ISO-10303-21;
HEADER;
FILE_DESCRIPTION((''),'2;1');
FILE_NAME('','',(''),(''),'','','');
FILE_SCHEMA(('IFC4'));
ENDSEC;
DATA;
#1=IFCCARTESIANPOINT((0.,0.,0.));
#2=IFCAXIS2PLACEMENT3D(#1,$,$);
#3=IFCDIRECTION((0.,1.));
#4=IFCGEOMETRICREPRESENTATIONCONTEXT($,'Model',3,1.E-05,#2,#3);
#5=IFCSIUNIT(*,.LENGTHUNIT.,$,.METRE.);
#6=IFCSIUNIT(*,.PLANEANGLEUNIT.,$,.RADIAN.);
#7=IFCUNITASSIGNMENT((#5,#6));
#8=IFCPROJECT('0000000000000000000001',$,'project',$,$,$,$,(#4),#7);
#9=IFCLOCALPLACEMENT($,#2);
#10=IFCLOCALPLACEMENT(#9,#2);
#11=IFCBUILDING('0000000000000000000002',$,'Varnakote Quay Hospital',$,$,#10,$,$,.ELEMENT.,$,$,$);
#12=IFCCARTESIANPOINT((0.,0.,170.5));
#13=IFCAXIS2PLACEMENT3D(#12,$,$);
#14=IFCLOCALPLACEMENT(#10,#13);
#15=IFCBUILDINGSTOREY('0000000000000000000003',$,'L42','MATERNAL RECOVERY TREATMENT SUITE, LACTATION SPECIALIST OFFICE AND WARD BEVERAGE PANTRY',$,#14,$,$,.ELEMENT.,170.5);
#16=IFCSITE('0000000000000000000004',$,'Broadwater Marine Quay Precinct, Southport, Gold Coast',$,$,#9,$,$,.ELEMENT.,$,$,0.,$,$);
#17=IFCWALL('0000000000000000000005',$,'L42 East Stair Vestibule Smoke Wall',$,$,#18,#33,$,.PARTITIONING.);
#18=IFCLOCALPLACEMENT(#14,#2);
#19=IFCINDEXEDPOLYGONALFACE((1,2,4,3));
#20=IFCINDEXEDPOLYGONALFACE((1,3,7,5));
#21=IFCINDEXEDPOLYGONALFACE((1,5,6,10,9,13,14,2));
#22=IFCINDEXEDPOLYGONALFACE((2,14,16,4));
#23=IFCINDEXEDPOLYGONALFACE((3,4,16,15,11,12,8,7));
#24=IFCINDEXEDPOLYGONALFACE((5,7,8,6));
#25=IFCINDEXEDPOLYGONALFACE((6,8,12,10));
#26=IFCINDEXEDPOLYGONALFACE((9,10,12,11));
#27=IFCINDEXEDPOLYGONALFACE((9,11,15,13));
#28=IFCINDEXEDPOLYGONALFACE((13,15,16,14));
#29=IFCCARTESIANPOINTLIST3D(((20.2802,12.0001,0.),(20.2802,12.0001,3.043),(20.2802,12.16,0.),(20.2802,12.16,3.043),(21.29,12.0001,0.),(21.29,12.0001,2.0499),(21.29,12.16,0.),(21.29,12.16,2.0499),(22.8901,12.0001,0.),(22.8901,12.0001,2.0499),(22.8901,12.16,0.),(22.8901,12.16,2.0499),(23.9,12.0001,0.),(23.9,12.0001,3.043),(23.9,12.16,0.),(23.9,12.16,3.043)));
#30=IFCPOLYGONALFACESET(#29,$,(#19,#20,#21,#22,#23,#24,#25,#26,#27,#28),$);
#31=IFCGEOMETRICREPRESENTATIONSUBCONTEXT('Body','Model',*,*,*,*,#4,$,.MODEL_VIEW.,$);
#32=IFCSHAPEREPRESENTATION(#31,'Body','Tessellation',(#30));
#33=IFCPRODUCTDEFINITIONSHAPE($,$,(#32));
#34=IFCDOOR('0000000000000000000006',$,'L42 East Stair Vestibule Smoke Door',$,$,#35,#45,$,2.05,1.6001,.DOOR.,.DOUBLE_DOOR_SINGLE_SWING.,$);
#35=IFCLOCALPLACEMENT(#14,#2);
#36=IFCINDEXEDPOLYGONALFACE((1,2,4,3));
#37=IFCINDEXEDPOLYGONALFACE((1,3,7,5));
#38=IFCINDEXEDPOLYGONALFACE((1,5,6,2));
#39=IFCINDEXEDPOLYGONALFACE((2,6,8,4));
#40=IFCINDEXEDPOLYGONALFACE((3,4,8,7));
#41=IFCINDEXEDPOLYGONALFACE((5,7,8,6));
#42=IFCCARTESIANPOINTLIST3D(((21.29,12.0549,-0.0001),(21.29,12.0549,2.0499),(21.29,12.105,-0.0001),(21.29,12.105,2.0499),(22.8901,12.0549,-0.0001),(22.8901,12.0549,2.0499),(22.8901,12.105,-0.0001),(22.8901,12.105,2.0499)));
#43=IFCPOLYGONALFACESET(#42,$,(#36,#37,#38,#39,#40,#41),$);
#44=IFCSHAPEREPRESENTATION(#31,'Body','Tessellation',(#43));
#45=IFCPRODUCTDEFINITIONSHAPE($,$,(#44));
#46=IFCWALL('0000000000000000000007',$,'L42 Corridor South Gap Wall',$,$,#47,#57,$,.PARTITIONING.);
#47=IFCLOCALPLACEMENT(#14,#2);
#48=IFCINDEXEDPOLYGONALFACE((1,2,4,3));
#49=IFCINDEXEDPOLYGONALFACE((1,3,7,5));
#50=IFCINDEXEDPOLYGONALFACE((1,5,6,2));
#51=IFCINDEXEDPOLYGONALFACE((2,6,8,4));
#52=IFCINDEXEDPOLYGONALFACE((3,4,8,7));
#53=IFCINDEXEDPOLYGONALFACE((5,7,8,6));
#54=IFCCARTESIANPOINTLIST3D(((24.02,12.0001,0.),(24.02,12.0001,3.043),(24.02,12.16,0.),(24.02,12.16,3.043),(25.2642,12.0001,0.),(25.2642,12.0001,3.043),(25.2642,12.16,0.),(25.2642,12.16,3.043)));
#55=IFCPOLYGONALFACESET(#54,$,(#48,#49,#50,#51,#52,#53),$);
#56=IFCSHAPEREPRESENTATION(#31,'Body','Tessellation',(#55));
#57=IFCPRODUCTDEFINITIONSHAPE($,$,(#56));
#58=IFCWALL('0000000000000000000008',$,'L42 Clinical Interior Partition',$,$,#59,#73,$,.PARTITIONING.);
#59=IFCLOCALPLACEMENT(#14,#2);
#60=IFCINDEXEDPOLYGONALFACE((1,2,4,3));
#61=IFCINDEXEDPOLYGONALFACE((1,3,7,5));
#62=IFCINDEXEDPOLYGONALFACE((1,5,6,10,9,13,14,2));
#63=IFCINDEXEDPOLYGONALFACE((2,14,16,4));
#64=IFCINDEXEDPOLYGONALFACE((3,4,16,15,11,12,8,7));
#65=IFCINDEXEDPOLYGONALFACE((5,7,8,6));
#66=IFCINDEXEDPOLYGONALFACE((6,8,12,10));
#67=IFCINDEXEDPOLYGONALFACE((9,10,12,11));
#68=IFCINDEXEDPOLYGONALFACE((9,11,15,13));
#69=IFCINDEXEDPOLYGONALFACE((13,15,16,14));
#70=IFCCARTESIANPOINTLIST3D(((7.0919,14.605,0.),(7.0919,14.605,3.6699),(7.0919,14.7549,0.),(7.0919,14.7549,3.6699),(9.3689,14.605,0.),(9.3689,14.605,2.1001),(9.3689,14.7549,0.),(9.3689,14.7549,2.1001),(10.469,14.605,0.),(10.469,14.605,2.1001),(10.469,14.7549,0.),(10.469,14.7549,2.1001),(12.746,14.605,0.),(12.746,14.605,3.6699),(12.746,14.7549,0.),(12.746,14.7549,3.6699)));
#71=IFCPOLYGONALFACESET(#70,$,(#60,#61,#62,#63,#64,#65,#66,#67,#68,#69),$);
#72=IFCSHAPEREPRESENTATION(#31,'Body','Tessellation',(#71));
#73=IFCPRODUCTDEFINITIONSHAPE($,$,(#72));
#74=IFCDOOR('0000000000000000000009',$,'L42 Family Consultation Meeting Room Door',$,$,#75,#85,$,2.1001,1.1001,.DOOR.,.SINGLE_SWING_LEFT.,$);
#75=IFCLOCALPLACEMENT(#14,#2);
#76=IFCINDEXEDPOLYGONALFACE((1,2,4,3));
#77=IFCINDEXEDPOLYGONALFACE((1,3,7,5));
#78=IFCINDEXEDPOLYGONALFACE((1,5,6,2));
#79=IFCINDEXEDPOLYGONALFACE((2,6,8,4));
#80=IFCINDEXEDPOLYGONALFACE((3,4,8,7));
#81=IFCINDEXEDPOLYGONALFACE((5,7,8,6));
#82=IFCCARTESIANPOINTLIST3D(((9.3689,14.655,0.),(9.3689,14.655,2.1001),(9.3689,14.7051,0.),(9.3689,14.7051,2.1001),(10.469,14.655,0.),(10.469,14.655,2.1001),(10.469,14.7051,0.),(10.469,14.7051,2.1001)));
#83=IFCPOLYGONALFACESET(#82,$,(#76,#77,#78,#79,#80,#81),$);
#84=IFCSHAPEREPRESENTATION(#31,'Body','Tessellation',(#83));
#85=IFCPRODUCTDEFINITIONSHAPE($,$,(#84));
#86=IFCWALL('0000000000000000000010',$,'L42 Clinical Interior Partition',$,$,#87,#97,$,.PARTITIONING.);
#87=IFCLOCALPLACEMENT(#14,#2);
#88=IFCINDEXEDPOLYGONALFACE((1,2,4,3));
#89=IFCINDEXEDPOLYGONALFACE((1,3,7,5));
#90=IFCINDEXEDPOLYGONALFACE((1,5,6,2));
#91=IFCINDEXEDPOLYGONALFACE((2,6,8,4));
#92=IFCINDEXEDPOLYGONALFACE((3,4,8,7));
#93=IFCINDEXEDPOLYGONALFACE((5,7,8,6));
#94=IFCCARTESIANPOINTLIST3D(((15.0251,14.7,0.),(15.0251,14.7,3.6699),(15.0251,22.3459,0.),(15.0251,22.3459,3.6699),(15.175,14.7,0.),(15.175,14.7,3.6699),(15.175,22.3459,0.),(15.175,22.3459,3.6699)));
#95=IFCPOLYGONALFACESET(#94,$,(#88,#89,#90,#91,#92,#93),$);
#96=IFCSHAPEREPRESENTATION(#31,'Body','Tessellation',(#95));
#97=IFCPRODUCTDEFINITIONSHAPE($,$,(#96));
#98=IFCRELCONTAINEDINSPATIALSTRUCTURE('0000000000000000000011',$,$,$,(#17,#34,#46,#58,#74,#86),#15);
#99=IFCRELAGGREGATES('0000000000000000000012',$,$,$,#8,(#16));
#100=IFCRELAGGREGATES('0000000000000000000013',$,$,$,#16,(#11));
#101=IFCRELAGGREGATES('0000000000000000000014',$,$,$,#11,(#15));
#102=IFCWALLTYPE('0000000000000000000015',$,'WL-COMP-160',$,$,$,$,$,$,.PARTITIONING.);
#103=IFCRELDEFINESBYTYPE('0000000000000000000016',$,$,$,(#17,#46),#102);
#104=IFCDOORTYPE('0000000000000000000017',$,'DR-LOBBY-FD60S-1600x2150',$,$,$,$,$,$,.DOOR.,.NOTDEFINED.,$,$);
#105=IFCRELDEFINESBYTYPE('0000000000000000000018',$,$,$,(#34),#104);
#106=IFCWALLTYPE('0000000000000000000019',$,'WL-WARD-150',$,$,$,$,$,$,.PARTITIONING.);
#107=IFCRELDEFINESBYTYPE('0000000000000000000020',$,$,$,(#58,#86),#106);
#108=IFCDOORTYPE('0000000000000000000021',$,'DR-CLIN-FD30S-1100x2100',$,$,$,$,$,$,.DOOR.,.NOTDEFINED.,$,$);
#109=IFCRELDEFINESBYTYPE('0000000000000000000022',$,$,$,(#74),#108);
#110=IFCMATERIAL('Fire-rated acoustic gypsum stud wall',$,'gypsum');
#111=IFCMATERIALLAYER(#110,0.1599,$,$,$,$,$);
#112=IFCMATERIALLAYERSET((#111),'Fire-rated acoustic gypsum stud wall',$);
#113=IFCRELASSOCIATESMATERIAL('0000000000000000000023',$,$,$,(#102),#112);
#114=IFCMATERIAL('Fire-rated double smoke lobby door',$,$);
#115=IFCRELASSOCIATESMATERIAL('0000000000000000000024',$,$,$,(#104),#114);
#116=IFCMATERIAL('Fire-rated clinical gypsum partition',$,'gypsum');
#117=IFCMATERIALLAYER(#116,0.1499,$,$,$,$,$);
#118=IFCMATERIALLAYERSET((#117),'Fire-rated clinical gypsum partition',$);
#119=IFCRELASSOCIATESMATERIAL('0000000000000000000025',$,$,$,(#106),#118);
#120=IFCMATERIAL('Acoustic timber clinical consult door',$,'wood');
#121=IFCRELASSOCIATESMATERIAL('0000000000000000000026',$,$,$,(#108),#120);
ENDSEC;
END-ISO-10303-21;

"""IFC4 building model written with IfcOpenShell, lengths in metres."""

from ifc_helpers import new_model, si_unit, direction, frame, frame_2d, origin, place, context, subcontext, project, spatial, rectangle, extrude, material, layer, layer_set, type_object, element, fill, save


model = new_model("IFC4")

# Units and contexts
model_context = context("Model", 3, precision=1e-05, world=origin(), true_north=direction((0.0, 1.0)))
body_context = subcontext(model_context, "Body", "Model", "MODEL_VIEW")
ifc_project = project(units=[si_unit("LENGTHUNIT", "METRE"), si_unit("PLANEANGLEUNIT", "RADIAN")], contexts=[model_context])

# Site, building, storey
site_placement = place(None, origin())
site = spatial("IfcSite", under=ifc_project, at=site_placement, Name="Broadwater Marine Quay Precinct, Southport, Gold Coast", CompositionType="ELEMENT", RefElevation=0.0)
building_placement = place(site_placement, origin())
building = spatial("IfcBuilding", under=site, at=building_placement, Name="Varnakote Quay Hospital", CompositionType="ELEMENT")
storey_placement = place(building_placement, frame((0.0, 0.0, 170.5)))
storey = spatial("IfcBuildingStorey", under=building, at=storey_placement, Name="L42", Description="MATERNAL RECOVERY TREATMENT SUITE, LACTATION SPECIALIST OFFICE AND WARD BEVERAGE PANTRY", CompositionType="ELEMENT", Elevation=170.5)

# Wall, opening, door
ifc_material_1 = material(Name="Fire-rated acoustic gypsum stud wall", Category="gypsum")
ifc_layer_1 = layer(ifc_material_1, 0.1599)
ifc_layer_set_1 = layer_set([ifc_layer_1], Name="Fire-rated acoustic gypsum stud wall")
wall_type_1 = type_object("IfcWallType", Name="WL-COMP-160", PredefinedType="PARTITIONING", material=ifc_layer_set_1)
ifc_material_2 = material(Name="Fire-rated double smoke lobby door")
door_type_1 = type_object("IfcDoorType", Name="DR-LOBBY-FD60S-1600x2150", OperationType="NOTDEFINED", PredefinedType="DOOR", material=ifc_material_2)
wall_1_placement = place(storey_placement, frame((20.28, 12.0801, 0.0), z_axis=(0.0, 0.0, 1.0), x_axis=(1.0, 0.0, 0.0)))
wall_1 = element("IfcWall", 1, at=wall_1_placement, inside=storey, type_object=wall_type_1, Name="L42 East Stair Vestibule Smoke Wall", PredefinedType="PARTITIONING", context=body_context, shape_type="SweptSolid", body=[
    extrude(rectangle(XDim=3.6199, YDim=0.1599, at=frame_2d((1.8101, 0.0))), origin(), (0.0, 0.0, 1.0), 3.043),
])
opening_1_placement = place(wall_1_placement, frame((1.01, 0.0, 0.0)))
opening_1 = element("IfcOpeningElement", 2, at=opening_1_placement, cuts=wall_1, PredefinedType="OPENING", context=body_context, shape_type="SweptSolid", body=[
    extrude(rectangle(XDim=1.6001, YDim=2.05, at=frame_2d((0.8, 1.0249))), frame((0.0, 0.0898, 0.0), z_axis=(0.0, -1.0, 0.0), x_axis=(1.0, 0.0, 0.0)), (0.0, 0.0, 1.0), 0.1799),
])
door_1_placement = place(opening_1_placement, origin())
door_1 = element("IfcDoor", 3, at=door_1_placement, inside=storey, type_object=door_type_1, Name="L42 East Stair Vestibule Smoke Door", OperationType="DOUBLE_DOOR_SINGLE_SWING", OverallHeight=2.05, OverallWidth=1.6001, PredefinedType="DOOR", context=body_context, shape_type="SweptSolid", body=[
    extrude(rectangle(XDim=1.6001, YDim=2.05, at=frame_2d((0.8, 1.0249))), frame((0.0, 0.0249, 0.0), z_axis=(0.0, -1.0, 0.0), x_axis=(1.0, 0.0, 0.0)), (0.0, 0.0, 1.0), 0.05),
])
fill(opening_1, door_1)

# Wall
wall_2_placement = place(storey_placement, frame((24.02, 12.0801, 0.0), z_axis=(0.0, 0.0, 1.0), x_axis=(1.0, 0.0, 0.0)))
element("IfcWall", 4, at=wall_2_placement, inside=storey, type_object=wall_type_1, Name="L42 Corridor South Gap Wall", PredefinedType="PARTITIONING", context=body_context, shape_type="SweptSolid", body=[
    extrude(rectangle(XDim=1.2441, YDim=0.1599, at=frame_2d((0.6221, 0.0))), origin(), (0.0, 0.0, 1.0), 3.043),
])

# Wall, opening, door
ifc_material_3 = material(Name="Fire-rated clinical gypsum partition", Category="gypsum")
ifc_layer_2 = layer(ifc_material_3, 0.1499)
ifc_layer_set_2 = layer_set([ifc_layer_2], Name="Fire-rated clinical gypsum partition")
wall_type_2 = type_object("IfcWallType", Name="WL-WARD-150", PredefinedType="PARTITIONING", material=ifc_layer_set_2)
wall_3_placement = place(storey_placement, frame((12.7461, 14.6799, 0.0), z_axis=(0.0, 0.0, 1.0), x_axis=(-1.0, 0.0, 0.0)))
wall_3 = element("IfcWall", 5, at=wall_3_placement, inside=storey, type_object=wall_type_2, Name="L42 Clinical Interior Partition", PredefinedType="PARTITIONING", context=body_context, shape_type="SweptSolid", body=[
    extrude(rectangle(XDim=5.6541, YDim=0.1499, at=frame_2d((2.8271, 0.0))), origin(), (0.0, 0.0, 1.0), 3.6699),
])
opening_2_placement = place(wall_3_placement, frame((2.2771, 0.0, 0.0)))
opening_2 = element("IfcOpeningElement", 6, at=opening_2_placement, cuts=wall_3, PredefinedType="OPENING", context=body_context, shape_type="SweptSolid", body=[
    extrude(rectangle(XDim=1.1001, YDim=2.1001, at=frame_2d((0.55, 1.05))), frame((0.0, 0.085, 0.0), z_axis=(0.0, -1.0, 0.0), x_axis=(1.0, 0.0, 0.0)), (0.0, 0.0, 1.0), 0.1699),
])
ifc_material_4 = material(Name="Acoustic timber clinical consult door", Category="wood")
door_type_2 = type_object("IfcDoorType", Name="DR-CLIN-FD30S-1100x2100", OperationType="NOTDEFINED", PredefinedType="DOOR", material=ifc_material_4)
door_2_placement = place(opening_2_placement, origin())
door_2 = element("IfcDoor", 7, at=door_2_placement, inside=storey, type_object=door_type_2, Name="L42 Family Consultation Meeting Room Door", OperationType="SINGLE_SWING_LEFT", OverallHeight=2.1001, OverallWidth=1.1001, PredefinedType="DOOR", context=body_context, shape_type="SweptSolid", body=[
    extrude(rectangle(XDim=1.1001, YDim=2.1001, at=frame_2d((0.55, 1.05))), frame((0.0, 0.0249, 0.0), z_axis=(0.0, -1.0, 0.0), x_axis=(1.0, 0.0, 0.0)), (0.0, 0.0, 1.0), 0.05),
])
fill(opening_2, door_2)

# Wall
wall_4_placement = place(storey_placement, frame((15.1001, 14.7, 0.0), z_axis=(0.0, 0.0, 1.0), x_axis=(0.0, 1.0, 0.0)))
element("IfcWall", 8, at=wall_4_placement, inside=storey, type_object=wall_type_2, Name="L42 Clinical Interior Partition", PredefinedType="PARTITIONING", context=body_context, shape_type="SweptSolid", body=[
    extrude(rectangle(XDim=7.646, YDim=0.1499, at=frame_2d((3.823, 0.0))), origin(), (0.0, 0.0, 1.0), 3.6699),
])

save(model, "model.ifc")
